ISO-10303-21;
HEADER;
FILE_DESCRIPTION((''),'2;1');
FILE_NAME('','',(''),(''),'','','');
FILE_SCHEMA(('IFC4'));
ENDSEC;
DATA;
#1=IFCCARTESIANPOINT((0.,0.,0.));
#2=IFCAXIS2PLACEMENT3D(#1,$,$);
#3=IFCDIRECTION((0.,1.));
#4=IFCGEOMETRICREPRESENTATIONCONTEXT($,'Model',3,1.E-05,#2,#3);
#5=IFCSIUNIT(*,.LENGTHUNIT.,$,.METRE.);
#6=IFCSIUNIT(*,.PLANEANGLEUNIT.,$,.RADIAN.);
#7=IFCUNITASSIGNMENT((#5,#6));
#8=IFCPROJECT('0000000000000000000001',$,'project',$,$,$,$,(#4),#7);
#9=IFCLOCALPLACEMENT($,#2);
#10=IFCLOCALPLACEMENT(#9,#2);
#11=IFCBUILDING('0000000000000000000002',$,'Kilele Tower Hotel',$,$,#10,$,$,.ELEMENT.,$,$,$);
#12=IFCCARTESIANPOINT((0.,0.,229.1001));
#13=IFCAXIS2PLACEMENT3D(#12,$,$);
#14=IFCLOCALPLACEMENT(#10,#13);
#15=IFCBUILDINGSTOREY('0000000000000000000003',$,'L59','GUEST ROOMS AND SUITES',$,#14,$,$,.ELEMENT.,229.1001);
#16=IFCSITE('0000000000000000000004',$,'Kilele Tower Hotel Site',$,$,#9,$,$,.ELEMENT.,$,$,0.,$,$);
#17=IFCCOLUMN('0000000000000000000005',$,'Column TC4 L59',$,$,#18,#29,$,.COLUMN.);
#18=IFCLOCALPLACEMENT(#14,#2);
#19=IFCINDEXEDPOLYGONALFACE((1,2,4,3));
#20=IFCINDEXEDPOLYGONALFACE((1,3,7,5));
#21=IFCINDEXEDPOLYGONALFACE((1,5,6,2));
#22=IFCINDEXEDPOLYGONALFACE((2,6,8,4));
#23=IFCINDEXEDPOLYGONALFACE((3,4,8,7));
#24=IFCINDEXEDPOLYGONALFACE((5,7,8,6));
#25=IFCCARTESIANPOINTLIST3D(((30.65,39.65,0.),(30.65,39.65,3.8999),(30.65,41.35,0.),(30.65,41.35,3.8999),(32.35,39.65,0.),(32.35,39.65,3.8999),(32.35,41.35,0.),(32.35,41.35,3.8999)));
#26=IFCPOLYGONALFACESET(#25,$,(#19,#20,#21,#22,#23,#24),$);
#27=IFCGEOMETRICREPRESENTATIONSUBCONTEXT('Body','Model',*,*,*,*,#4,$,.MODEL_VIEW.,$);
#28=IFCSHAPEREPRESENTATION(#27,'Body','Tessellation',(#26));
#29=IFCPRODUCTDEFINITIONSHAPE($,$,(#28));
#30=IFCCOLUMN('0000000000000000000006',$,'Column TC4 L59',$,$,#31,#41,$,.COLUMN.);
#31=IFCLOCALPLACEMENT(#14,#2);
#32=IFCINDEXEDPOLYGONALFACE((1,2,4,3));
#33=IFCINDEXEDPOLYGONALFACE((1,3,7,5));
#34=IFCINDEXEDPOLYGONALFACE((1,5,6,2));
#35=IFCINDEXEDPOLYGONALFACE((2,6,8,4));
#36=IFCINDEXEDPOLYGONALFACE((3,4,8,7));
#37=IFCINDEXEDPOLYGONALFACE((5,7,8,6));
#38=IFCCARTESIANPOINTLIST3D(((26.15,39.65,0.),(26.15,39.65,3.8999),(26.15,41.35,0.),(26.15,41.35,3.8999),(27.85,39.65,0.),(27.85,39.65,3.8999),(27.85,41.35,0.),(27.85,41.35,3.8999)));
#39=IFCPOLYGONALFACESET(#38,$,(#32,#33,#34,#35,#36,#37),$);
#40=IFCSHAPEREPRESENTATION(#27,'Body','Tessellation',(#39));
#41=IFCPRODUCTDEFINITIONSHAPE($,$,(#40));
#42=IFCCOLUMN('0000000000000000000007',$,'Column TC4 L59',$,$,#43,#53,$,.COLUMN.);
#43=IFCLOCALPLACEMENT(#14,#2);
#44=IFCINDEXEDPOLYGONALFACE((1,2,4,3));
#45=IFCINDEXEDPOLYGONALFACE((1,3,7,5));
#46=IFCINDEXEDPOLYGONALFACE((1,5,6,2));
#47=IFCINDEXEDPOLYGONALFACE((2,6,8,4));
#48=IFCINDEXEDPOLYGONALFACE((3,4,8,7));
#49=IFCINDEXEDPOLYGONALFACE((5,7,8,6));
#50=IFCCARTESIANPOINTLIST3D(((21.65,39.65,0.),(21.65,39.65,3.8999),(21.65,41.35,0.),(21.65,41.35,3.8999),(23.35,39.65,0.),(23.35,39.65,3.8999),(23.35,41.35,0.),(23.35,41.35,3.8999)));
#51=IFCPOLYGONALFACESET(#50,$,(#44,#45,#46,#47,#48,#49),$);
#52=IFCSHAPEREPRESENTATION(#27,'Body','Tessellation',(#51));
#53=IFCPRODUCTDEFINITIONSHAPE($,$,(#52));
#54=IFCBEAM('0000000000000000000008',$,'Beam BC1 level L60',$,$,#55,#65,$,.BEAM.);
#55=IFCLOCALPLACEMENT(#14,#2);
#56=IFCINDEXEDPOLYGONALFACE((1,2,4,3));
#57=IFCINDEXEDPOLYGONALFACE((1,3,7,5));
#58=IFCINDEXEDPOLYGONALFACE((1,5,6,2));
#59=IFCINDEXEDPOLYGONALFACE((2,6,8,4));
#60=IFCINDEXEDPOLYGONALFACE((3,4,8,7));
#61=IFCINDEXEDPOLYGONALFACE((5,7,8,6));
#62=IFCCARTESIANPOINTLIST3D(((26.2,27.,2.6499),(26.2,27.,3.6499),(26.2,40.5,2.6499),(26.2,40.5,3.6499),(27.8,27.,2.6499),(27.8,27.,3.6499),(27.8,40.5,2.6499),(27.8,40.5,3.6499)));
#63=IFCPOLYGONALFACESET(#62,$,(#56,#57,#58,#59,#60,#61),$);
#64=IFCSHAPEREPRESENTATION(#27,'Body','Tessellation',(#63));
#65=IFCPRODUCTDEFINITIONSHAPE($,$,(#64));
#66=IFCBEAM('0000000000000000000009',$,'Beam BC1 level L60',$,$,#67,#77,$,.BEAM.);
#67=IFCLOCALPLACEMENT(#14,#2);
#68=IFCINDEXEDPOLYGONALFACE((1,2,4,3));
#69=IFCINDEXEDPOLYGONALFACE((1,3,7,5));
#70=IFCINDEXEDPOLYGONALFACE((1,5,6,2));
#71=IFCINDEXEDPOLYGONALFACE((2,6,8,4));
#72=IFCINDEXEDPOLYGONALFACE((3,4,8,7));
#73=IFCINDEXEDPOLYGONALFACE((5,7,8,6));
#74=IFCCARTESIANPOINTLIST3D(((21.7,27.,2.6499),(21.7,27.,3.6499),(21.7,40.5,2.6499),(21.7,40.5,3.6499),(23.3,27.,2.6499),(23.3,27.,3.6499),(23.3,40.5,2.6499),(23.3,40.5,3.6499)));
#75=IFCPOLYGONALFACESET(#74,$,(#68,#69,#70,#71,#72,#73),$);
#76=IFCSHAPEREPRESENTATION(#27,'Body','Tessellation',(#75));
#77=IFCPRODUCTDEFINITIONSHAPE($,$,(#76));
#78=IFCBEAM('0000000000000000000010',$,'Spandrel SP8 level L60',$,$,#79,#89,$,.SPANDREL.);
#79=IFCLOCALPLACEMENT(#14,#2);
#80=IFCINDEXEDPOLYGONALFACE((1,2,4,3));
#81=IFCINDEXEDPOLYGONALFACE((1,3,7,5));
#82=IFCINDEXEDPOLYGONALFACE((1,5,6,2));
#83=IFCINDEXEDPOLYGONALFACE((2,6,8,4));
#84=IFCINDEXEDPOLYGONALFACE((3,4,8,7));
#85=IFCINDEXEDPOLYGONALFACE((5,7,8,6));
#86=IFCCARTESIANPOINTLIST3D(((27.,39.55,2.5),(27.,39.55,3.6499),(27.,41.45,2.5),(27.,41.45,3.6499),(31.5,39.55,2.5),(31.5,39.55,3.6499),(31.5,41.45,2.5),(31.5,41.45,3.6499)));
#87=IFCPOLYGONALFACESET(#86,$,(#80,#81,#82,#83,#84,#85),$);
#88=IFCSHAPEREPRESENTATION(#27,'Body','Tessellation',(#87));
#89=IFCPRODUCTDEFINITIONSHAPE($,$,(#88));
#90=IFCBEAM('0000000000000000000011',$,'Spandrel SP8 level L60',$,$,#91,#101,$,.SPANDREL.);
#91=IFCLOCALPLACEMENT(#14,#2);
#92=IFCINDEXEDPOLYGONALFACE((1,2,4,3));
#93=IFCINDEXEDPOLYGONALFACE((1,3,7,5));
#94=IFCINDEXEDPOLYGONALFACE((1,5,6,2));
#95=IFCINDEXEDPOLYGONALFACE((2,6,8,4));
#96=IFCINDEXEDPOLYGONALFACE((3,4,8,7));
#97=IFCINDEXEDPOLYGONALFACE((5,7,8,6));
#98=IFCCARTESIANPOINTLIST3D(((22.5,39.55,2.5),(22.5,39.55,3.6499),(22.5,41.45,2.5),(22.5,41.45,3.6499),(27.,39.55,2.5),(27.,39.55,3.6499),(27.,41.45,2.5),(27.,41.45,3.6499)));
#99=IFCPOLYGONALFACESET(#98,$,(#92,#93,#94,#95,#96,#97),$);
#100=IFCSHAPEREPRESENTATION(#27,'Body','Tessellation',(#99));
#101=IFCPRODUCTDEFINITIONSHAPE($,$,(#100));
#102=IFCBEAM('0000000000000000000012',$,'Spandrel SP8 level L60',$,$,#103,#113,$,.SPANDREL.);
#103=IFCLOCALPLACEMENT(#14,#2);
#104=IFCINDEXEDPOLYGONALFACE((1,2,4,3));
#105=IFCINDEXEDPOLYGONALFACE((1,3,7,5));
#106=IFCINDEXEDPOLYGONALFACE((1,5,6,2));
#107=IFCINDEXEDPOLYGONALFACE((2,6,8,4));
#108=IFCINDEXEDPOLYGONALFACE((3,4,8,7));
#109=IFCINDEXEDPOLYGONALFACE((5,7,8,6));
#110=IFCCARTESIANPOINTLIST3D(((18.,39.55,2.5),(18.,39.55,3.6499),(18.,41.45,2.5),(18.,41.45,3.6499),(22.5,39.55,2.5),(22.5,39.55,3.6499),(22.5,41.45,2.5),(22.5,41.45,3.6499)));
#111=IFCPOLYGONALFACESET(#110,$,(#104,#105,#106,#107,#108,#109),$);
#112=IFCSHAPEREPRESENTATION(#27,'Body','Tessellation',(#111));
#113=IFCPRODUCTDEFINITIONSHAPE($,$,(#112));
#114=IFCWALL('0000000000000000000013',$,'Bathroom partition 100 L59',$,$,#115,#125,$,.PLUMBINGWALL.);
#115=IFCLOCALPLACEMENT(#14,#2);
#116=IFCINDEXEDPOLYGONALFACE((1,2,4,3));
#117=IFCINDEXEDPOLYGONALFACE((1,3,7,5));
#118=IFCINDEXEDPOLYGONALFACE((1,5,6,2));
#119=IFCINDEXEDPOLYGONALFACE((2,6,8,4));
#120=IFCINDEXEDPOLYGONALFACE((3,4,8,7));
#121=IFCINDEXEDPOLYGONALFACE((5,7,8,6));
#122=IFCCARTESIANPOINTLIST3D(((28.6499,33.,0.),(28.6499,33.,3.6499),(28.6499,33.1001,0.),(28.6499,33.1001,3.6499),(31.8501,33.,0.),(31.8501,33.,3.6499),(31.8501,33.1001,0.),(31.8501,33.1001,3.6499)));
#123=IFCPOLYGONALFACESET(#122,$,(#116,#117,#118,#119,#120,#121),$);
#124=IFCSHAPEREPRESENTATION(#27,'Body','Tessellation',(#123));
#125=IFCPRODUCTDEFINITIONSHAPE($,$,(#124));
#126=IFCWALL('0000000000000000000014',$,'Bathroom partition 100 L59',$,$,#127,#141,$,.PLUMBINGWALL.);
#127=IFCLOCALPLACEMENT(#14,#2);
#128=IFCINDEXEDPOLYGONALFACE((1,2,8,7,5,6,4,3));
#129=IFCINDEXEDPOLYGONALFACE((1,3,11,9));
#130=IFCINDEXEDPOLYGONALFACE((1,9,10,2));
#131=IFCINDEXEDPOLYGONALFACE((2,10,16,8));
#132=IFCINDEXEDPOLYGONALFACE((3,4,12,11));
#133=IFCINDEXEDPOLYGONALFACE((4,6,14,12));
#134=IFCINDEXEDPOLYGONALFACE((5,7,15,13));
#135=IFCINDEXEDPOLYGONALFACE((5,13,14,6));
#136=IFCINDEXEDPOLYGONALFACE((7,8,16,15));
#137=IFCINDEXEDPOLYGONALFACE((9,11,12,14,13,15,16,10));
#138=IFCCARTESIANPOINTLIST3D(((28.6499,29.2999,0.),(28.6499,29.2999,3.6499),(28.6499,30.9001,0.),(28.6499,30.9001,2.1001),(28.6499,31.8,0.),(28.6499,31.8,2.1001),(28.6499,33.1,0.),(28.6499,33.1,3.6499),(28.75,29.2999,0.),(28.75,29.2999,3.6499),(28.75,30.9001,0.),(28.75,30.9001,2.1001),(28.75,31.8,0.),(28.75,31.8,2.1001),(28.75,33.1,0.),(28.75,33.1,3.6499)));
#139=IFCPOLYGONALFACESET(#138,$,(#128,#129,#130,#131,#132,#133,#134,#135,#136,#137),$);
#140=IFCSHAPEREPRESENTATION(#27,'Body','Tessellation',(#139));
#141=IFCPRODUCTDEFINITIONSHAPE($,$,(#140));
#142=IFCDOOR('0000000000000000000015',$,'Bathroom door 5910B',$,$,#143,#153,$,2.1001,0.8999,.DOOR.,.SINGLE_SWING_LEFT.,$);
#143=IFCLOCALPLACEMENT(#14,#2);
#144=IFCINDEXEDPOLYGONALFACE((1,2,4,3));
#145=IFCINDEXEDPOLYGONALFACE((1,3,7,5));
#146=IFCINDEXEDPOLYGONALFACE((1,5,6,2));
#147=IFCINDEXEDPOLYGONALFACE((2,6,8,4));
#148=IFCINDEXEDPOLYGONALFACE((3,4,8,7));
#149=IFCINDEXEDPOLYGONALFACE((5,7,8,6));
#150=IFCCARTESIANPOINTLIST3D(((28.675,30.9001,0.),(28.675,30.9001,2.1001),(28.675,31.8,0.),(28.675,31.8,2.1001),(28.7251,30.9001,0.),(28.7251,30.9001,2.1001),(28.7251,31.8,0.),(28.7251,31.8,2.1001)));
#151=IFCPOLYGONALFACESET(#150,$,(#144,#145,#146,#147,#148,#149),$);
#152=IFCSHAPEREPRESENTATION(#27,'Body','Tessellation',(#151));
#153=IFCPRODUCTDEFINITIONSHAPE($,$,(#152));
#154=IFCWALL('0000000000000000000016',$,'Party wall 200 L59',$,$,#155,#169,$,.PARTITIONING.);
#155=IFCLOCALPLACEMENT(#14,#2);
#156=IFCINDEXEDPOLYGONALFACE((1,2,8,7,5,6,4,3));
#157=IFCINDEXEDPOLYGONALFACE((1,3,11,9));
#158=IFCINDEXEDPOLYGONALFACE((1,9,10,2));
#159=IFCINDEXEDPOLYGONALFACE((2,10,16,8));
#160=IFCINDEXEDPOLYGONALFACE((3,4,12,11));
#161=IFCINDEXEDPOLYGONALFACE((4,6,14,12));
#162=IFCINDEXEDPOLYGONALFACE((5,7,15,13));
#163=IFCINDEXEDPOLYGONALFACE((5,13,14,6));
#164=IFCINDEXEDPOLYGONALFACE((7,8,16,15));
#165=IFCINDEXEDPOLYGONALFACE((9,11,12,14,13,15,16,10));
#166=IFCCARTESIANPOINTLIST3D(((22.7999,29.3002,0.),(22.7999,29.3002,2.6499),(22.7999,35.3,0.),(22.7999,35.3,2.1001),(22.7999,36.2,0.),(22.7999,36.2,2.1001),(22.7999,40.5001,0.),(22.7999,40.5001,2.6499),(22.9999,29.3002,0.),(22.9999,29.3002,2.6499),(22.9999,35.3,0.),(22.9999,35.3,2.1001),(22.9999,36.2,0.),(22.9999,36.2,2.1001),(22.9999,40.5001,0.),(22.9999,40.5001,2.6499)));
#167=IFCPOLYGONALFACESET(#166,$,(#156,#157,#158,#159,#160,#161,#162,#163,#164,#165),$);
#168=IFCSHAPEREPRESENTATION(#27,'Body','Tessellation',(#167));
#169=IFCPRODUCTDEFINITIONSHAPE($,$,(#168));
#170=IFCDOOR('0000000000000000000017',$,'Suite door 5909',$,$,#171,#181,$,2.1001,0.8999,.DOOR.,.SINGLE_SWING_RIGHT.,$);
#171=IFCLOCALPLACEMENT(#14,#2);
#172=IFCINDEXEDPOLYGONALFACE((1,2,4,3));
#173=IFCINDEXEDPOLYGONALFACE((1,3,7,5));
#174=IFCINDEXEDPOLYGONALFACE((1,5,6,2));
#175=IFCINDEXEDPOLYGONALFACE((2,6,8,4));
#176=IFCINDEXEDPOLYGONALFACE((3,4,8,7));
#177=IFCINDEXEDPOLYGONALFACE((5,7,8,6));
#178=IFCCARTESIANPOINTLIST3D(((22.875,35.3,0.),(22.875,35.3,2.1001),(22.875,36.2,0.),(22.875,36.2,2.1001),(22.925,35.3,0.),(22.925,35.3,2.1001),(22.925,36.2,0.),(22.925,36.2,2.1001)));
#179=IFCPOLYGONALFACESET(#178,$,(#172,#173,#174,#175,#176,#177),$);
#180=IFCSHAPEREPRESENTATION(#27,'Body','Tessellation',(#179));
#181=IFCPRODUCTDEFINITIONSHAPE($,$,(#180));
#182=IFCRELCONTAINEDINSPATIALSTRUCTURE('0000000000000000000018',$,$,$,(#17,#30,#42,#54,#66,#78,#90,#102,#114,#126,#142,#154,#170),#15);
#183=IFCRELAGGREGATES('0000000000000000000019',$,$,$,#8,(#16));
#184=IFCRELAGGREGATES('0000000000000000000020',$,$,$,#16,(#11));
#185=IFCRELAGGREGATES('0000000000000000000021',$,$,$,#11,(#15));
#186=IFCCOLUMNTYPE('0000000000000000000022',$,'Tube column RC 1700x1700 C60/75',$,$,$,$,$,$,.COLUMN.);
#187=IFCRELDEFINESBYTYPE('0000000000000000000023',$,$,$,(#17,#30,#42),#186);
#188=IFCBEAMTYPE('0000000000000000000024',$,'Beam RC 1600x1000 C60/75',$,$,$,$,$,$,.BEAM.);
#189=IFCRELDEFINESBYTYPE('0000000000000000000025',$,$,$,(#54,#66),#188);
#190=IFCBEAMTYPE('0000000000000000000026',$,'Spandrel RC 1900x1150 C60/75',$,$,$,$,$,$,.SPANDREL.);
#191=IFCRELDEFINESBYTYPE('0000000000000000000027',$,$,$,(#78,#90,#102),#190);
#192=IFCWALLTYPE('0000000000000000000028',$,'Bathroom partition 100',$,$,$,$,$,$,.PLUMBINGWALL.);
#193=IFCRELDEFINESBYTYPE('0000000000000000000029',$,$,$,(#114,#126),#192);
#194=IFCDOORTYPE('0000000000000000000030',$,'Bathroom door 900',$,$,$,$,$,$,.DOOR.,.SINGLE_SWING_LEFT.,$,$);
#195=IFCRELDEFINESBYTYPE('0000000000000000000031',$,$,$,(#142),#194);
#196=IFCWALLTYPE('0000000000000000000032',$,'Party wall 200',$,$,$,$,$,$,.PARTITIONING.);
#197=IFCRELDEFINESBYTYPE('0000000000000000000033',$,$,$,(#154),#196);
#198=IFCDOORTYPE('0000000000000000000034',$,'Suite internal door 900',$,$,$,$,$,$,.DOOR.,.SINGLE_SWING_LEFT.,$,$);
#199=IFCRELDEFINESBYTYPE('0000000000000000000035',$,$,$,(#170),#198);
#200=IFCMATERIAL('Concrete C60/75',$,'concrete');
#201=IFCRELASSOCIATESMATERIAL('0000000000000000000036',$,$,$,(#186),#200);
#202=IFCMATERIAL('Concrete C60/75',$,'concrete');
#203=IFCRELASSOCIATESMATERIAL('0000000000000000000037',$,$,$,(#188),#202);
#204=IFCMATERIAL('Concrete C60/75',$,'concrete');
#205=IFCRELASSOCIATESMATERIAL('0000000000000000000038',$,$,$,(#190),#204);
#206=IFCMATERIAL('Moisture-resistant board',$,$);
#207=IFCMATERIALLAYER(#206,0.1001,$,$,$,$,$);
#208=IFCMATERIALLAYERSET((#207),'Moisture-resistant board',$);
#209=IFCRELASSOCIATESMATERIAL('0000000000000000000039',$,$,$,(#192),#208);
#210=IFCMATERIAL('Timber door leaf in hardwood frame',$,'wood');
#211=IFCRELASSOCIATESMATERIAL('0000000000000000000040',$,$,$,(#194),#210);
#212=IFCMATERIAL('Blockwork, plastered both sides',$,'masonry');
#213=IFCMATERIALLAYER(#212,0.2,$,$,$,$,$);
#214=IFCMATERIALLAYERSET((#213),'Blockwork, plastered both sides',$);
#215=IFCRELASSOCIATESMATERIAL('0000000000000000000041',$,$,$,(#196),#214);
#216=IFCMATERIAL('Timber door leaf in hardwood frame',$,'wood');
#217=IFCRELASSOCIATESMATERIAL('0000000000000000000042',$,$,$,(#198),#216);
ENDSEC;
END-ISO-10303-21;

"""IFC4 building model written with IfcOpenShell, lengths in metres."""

from ifc_helpers import new_model, si_unit, direction, frame, frame_2d, origin, origin_2d, place, context, subcontext, project, spatial, rectangle, extrude, material, layer, layer_set, material_profile, profile_set, type_object, element, fill, save


model = new_model("IFC4")

# Units and contexts
model_context = context("Model", 3, precision=1e-05, world=origin(), true_north=direction((0.0, 1.0)))
body_context = subcontext(model_context, "Body", "Model", "MODEL_VIEW")
ifc_project = project(units=[si_unit("LENGTHUNIT", "METRE"), si_unit("PLANEANGLEUNIT", "RADIAN")], contexts=[model_context])

# Site, building, storey
site_placement = place(None, origin())
site = spatial("IfcSite", under=ifc_project, at=site_placement, Name="Kilele Tower Hotel Site", CompositionType="ELEMENT", RefElevation=0.0)
building_placement = place(site_placement, origin())
building = spatial("IfcBuilding", under=site, at=building_placement, Name="Kilele Tower Hotel", CompositionType="ELEMENT")
storey_placement = place(building_placement, frame((0.0, 0.0, 229.1001)))
storey = spatial("IfcBuildingStorey", under=building, at=storey_placement, Name="L59", Description="GUEST ROOMS AND SUITES", CompositionType="ELEMENT", Elevation=229.1001)

# Columns
ifc_material_1 = material(Name="Concrete C60/75", Category="concrete")
ifc_material_profile_1 = material_profile(ifc_material_1, rectangle(XDim=1.7, YDim=1.7, at=origin_2d()))
ifc_profile_set_1 = profile_set([ifc_material_profile_1], Name="Concrete C60/75")
column_type = type_object("IfcColumnType", Name="Tube column RC 1700x1700 C60/75", PredefinedType="COLUMN", material=ifc_profile_set_1)
for number, where, z_axis, x_axis, name in (
    (1, (31.5, 40.5, 0.0), (0.0, 0.0, 1.0), (1.0, 0.0, 0.0), "Column TC4 L59"),
    (2, (27.0, 40.5, 0.0), (0.0, 0.0, 1.0), (1.0, 0.0, 0.0), "Column TC4 L59"),
    (3, (22.5, 40.5, 0.0), (0.0, 0.0, 1.0), (1.0, 0.0, 0.0), "Column TC4 L59"),
):
    element("IfcColumn", number, at=place(storey_placement, frame(where, z_axis=z_axis, x_axis=x_axis)), inside=storey, type_object=column_type, Name=name, PredefinedType="COLUMN", context=body_context, shape_type="SweptSolid", body=[
        extrude(rectangle(XDim=1.7, YDim=1.7, at=origin_2d()), origin(), (0.0, 0.0, 1.0), 3.8999),
    ])

# Beams
ifc_material_2 = material(Name="Concrete C60/75", Category="concrete")
ifc_material_profile_2 = material_profile(ifc_material_2, rectangle(XDim=1.6001, YDim=1.0, at=origin_2d()))
ifc_profile_set_2 = profile_set([ifc_material_profile_2], Name="Concrete C60/75")
beam_type_1 = type_object("IfcBeamType", Name="Beam RC 1600x1000 C60/75", PredefinedType="BEAM", material=ifc_profile_set_2)
for number, where, z_axis, x_axis, name in (
    (4, (27.0, 40.5, 3.1499), (0.0, -1.0, 0.0), (1.0, 0.0, 0.0), "Beam BC1 level L60"),
    (5, (22.5, 40.5, 3.1499), (0.0, -1.0, 0.0), (1.0, 0.0, 0.0), "Beam BC1 level L60"),
):
    element("IfcBeam", number, at=place(storey_placement, frame(where, z_axis=z_axis, x_axis=x_axis)), inside=storey, type_object=beam_type_1, Name=name, PredefinedType="BEAM", context=body_context, shape_type="SweptSolid", body=[
        extrude(rectangle(XDim=1.6001, YDim=1.0, at=origin_2d()), origin(), (0.0, 0.0, 1.0), 13.5),
    ])
ifc_material_3 = material(Name="Concrete C60/75", Category="concrete")
ifc_material_profile_3 = material_profile(ifc_material_3, rectangle(XDim=1.8999, YDim=1.1499, at=origin_2d()))
ifc_profile_set_3 = profile_set([ifc_material_profile_3], Name="Concrete C60/75")
beam_type_2 = type_object("IfcBeamType", Name="Spandrel RC 1900x1150 C60/75", PredefinedType="SPANDREL", material=ifc_profile_set_3)
for number, where, z_axis, x_axis, name in (
    (6, (31.5, 40.5, 3.075), (-1.0, 0.0, 0.0), (0.0, -1.0, 0.0), "Spandrel SP8 level L60"),
    (7, (27.0, 40.5, 3.075), (-1.0, 0.0, 0.0), (0.0, -1.0, 0.0), "Spandrel SP8 level L60"),
    (8, (22.5, 40.5, 3.075), (-1.0, 0.0, 0.0), (0.0, -1.0, 0.0), "Spandrel SP8 level L60"),
):
    element("IfcBeam", number, at=place(storey_placement, frame(where, z_axis=z_axis, x_axis=x_axis)), inside=storey, type_object=beam_type_2, Name=name, PredefinedType="SPANDREL", context=body_context, shape_type="SweptSolid", body=[
        extrude(rectangle(XDim=1.8999, YDim=1.1499, at=origin_2d()), origin(), (0.0, 0.0, 1.0), 4.5),
    ])

# Wall
ifc_material_4 = material(Name="Moisture-resistant board")
ifc_layer_1 = layer(ifc_material_4, 0.1001)
ifc_layer_set_1 = layer_set([ifc_layer_1], Name="Moisture-resistant board")
wall_type_1 = type_object("IfcWallType", Name="Bathroom partition 100", PredefinedType="PLUMBINGWALL", material=ifc_layer_set_1)
wall_1_placement = place(storey_placement, frame((28.6499, 33.05, 0.0), z_axis=(0.0, 0.0, 1.0), x_axis=(1.0, 0.0, 0.0)))
element("IfcWall", 9, at=wall_1_placement, inside=storey, type_object=wall_type_1, Name="Bathroom partition 100 L59", PredefinedType="PLUMBINGWALL", context=body_context, shape_type="SweptSolid", body=[
    extrude(rectangle(XDim=3.2002, YDim=0.1001, at=frame_2d((1.6001, 0.0))), origin(), (0.0, 0.0, 1.0), 3.6499),
])

# Walls, openings, doors
wall_2_placement = place(storey_placement, frame((28.7, 29.3, 0.0), z_axis=(0.0, 0.0, 1.0), x_axis=(0.0, 1.0, 0.0)))
wall_2 = element("IfcWall", 10, at=wall_2_placement, inside=storey, type_object=wall_type_1, Name="Bathroom partition 100 L59", PredefinedType="PLUMBINGWALL", context=body_context, shape_type="SweptSolid", body=[
    extrude(rectangle(XDim=3.8, YDim=0.1001, at=frame_2d((1.8999, 0.0))), origin(), (0.0, 0.0, 1.0), 3.6499),
])
opening_1_placement = place(wall_2_placement, frame((1.6001, 0.0, 0.0)))
opening_1 = element("IfcOpeningElement", 11, at=opening_1_placement, cuts=wall_2, PredefinedType="OPENING", context=body_context, shape_type="SweptSolid", body=[
    extrude(rectangle(XDim=0.8999, YDim=2.1001, at=frame_2d((0.45, 1.05))), frame((0.0, 0.0601, 0.0), z_axis=(0.0, -1.0, 0.0), x_axis=(1.0, 0.0, 0.0)), (0.0, 0.0, 1.0), 0.1201),
])
ifc_material_5 = material(Name="Timber door leaf in hardwood frame", Category="wood")
door_type_1 = type_object("IfcDoorType", Name="Bathroom door 900", OperationType="SINGLE_SWING_LEFT", PredefinedType="DOOR", material=ifc_material_5)
door_1_placement = place(opening_1_placement, origin())
door_1 = element("IfcDoor", 12, at=door_1_placement, inside=storey, type_object=door_type_1, Name="Bathroom door 5910B", OperationType="SINGLE_SWING_LEFT", OverallHeight=2.1001, OverallWidth=0.8999, PredefinedType="DOOR", context=body_context, shape_type="SweptSolid", body=[
    extrude(rectangle(XDim=0.8999, YDim=2.1001, at=frame_2d((0.45, 1.05))), frame((0.0, 0.0249, 0.0), z_axis=(0.0, -1.0, 0.0), x_axis=(1.0, 0.0, 0.0)), (0.0, 0.0, 1.0), 0.05),
])
fill(opening_1, door_1)
ifc_material_6 = material(Name="Blockwork, plastered both sides", Category="masonry")
ifc_layer_2 = layer(ifc_material_6, 0.2)
ifc_layer_set_2 = layer_set([ifc_layer_2], Name="Blockwork, plastered both sides")
wall_type_2 = type_object("IfcWallType", Name="Party wall 200", PredefinedType="PARTITIONING", material=ifc_layer_set_2)
wall_3_placement = place(storey_placement, frame((22.8999, 29.3, 0.0), z_axis=(0.0, 0.0, 1.0), x_axis=(0.0, 1.0, 0.0)))
wall_3 = element("IfcWall", 13, at=wall_3_placement, inside=storey, type_object=wall_type_2, Name="Party wall 200 L59", PredefinedType="PARTITIONING", context=body_context, shape_type="SweptSolid", body=[
    extrude(rectangle(XDim=11.2, YDim=0.2, at=frame_2d((5.6001, 0.0))), origin(), (0.0, 0.0, 1.0), 2.6499),
])
opening_2_placement = place(wall_3_placement, frame((6.0, 0.0, 0.0)))
opening_2 = element("IfcOpeningElement", 14, at=opening_2_placement, cuts=wall_3, PredefinedType="OPENING", context=body_context, shape_type="SweptSolid", body=[
    extrude(rectangle(XDim=0.8999, YDim=2.1001, at=frame_2d((0.45, 1.05))), frame((0.0, 0.1099, 0.0), z_axis=(0.0, -1.0, 0.0), x_axis=(1.0, 0.0, 0.0)), (0.0, 0.0, 1.0), 0.22),
])
ifc_material_7 = material(Name="Timber door leaf in hardwood frame", Category="wood")
door_type_2 = type_object("IfcDoorType", Name="Suite internal door 900", OperationType="SINGLE_SWING_LEFT", PredefinedType="DOOR", material=ifc_material_7)
door_2_placement = place(opening_2_placement, origin())
door_2 = element("IfcDoor", 15, at=door_2_placement, inside=storey, type_object=door_type_2, Name="Suite door 5909", OperationType="SINGLE_SWING_RIGHT", OverallHeight=2.1001, OverallWidth=0.8999, PredefinedType="DOOR", context=body_context, shape_type="SweptSolid", body=[
    extrude(rectangle(XDim=0.8999, YDim=2.1001, at=frame_2d((0.45, 1.05))), frame((0.0, 0.0249, 0.0), z_axis=(0.0, -1.0, 0.0), x_axis=(1.0, 0.0, 0.0)), (0.0, 0.0, 1.0), 0.05),
])
fill(opening_2, door_2)

save(model, "model.ifc")
